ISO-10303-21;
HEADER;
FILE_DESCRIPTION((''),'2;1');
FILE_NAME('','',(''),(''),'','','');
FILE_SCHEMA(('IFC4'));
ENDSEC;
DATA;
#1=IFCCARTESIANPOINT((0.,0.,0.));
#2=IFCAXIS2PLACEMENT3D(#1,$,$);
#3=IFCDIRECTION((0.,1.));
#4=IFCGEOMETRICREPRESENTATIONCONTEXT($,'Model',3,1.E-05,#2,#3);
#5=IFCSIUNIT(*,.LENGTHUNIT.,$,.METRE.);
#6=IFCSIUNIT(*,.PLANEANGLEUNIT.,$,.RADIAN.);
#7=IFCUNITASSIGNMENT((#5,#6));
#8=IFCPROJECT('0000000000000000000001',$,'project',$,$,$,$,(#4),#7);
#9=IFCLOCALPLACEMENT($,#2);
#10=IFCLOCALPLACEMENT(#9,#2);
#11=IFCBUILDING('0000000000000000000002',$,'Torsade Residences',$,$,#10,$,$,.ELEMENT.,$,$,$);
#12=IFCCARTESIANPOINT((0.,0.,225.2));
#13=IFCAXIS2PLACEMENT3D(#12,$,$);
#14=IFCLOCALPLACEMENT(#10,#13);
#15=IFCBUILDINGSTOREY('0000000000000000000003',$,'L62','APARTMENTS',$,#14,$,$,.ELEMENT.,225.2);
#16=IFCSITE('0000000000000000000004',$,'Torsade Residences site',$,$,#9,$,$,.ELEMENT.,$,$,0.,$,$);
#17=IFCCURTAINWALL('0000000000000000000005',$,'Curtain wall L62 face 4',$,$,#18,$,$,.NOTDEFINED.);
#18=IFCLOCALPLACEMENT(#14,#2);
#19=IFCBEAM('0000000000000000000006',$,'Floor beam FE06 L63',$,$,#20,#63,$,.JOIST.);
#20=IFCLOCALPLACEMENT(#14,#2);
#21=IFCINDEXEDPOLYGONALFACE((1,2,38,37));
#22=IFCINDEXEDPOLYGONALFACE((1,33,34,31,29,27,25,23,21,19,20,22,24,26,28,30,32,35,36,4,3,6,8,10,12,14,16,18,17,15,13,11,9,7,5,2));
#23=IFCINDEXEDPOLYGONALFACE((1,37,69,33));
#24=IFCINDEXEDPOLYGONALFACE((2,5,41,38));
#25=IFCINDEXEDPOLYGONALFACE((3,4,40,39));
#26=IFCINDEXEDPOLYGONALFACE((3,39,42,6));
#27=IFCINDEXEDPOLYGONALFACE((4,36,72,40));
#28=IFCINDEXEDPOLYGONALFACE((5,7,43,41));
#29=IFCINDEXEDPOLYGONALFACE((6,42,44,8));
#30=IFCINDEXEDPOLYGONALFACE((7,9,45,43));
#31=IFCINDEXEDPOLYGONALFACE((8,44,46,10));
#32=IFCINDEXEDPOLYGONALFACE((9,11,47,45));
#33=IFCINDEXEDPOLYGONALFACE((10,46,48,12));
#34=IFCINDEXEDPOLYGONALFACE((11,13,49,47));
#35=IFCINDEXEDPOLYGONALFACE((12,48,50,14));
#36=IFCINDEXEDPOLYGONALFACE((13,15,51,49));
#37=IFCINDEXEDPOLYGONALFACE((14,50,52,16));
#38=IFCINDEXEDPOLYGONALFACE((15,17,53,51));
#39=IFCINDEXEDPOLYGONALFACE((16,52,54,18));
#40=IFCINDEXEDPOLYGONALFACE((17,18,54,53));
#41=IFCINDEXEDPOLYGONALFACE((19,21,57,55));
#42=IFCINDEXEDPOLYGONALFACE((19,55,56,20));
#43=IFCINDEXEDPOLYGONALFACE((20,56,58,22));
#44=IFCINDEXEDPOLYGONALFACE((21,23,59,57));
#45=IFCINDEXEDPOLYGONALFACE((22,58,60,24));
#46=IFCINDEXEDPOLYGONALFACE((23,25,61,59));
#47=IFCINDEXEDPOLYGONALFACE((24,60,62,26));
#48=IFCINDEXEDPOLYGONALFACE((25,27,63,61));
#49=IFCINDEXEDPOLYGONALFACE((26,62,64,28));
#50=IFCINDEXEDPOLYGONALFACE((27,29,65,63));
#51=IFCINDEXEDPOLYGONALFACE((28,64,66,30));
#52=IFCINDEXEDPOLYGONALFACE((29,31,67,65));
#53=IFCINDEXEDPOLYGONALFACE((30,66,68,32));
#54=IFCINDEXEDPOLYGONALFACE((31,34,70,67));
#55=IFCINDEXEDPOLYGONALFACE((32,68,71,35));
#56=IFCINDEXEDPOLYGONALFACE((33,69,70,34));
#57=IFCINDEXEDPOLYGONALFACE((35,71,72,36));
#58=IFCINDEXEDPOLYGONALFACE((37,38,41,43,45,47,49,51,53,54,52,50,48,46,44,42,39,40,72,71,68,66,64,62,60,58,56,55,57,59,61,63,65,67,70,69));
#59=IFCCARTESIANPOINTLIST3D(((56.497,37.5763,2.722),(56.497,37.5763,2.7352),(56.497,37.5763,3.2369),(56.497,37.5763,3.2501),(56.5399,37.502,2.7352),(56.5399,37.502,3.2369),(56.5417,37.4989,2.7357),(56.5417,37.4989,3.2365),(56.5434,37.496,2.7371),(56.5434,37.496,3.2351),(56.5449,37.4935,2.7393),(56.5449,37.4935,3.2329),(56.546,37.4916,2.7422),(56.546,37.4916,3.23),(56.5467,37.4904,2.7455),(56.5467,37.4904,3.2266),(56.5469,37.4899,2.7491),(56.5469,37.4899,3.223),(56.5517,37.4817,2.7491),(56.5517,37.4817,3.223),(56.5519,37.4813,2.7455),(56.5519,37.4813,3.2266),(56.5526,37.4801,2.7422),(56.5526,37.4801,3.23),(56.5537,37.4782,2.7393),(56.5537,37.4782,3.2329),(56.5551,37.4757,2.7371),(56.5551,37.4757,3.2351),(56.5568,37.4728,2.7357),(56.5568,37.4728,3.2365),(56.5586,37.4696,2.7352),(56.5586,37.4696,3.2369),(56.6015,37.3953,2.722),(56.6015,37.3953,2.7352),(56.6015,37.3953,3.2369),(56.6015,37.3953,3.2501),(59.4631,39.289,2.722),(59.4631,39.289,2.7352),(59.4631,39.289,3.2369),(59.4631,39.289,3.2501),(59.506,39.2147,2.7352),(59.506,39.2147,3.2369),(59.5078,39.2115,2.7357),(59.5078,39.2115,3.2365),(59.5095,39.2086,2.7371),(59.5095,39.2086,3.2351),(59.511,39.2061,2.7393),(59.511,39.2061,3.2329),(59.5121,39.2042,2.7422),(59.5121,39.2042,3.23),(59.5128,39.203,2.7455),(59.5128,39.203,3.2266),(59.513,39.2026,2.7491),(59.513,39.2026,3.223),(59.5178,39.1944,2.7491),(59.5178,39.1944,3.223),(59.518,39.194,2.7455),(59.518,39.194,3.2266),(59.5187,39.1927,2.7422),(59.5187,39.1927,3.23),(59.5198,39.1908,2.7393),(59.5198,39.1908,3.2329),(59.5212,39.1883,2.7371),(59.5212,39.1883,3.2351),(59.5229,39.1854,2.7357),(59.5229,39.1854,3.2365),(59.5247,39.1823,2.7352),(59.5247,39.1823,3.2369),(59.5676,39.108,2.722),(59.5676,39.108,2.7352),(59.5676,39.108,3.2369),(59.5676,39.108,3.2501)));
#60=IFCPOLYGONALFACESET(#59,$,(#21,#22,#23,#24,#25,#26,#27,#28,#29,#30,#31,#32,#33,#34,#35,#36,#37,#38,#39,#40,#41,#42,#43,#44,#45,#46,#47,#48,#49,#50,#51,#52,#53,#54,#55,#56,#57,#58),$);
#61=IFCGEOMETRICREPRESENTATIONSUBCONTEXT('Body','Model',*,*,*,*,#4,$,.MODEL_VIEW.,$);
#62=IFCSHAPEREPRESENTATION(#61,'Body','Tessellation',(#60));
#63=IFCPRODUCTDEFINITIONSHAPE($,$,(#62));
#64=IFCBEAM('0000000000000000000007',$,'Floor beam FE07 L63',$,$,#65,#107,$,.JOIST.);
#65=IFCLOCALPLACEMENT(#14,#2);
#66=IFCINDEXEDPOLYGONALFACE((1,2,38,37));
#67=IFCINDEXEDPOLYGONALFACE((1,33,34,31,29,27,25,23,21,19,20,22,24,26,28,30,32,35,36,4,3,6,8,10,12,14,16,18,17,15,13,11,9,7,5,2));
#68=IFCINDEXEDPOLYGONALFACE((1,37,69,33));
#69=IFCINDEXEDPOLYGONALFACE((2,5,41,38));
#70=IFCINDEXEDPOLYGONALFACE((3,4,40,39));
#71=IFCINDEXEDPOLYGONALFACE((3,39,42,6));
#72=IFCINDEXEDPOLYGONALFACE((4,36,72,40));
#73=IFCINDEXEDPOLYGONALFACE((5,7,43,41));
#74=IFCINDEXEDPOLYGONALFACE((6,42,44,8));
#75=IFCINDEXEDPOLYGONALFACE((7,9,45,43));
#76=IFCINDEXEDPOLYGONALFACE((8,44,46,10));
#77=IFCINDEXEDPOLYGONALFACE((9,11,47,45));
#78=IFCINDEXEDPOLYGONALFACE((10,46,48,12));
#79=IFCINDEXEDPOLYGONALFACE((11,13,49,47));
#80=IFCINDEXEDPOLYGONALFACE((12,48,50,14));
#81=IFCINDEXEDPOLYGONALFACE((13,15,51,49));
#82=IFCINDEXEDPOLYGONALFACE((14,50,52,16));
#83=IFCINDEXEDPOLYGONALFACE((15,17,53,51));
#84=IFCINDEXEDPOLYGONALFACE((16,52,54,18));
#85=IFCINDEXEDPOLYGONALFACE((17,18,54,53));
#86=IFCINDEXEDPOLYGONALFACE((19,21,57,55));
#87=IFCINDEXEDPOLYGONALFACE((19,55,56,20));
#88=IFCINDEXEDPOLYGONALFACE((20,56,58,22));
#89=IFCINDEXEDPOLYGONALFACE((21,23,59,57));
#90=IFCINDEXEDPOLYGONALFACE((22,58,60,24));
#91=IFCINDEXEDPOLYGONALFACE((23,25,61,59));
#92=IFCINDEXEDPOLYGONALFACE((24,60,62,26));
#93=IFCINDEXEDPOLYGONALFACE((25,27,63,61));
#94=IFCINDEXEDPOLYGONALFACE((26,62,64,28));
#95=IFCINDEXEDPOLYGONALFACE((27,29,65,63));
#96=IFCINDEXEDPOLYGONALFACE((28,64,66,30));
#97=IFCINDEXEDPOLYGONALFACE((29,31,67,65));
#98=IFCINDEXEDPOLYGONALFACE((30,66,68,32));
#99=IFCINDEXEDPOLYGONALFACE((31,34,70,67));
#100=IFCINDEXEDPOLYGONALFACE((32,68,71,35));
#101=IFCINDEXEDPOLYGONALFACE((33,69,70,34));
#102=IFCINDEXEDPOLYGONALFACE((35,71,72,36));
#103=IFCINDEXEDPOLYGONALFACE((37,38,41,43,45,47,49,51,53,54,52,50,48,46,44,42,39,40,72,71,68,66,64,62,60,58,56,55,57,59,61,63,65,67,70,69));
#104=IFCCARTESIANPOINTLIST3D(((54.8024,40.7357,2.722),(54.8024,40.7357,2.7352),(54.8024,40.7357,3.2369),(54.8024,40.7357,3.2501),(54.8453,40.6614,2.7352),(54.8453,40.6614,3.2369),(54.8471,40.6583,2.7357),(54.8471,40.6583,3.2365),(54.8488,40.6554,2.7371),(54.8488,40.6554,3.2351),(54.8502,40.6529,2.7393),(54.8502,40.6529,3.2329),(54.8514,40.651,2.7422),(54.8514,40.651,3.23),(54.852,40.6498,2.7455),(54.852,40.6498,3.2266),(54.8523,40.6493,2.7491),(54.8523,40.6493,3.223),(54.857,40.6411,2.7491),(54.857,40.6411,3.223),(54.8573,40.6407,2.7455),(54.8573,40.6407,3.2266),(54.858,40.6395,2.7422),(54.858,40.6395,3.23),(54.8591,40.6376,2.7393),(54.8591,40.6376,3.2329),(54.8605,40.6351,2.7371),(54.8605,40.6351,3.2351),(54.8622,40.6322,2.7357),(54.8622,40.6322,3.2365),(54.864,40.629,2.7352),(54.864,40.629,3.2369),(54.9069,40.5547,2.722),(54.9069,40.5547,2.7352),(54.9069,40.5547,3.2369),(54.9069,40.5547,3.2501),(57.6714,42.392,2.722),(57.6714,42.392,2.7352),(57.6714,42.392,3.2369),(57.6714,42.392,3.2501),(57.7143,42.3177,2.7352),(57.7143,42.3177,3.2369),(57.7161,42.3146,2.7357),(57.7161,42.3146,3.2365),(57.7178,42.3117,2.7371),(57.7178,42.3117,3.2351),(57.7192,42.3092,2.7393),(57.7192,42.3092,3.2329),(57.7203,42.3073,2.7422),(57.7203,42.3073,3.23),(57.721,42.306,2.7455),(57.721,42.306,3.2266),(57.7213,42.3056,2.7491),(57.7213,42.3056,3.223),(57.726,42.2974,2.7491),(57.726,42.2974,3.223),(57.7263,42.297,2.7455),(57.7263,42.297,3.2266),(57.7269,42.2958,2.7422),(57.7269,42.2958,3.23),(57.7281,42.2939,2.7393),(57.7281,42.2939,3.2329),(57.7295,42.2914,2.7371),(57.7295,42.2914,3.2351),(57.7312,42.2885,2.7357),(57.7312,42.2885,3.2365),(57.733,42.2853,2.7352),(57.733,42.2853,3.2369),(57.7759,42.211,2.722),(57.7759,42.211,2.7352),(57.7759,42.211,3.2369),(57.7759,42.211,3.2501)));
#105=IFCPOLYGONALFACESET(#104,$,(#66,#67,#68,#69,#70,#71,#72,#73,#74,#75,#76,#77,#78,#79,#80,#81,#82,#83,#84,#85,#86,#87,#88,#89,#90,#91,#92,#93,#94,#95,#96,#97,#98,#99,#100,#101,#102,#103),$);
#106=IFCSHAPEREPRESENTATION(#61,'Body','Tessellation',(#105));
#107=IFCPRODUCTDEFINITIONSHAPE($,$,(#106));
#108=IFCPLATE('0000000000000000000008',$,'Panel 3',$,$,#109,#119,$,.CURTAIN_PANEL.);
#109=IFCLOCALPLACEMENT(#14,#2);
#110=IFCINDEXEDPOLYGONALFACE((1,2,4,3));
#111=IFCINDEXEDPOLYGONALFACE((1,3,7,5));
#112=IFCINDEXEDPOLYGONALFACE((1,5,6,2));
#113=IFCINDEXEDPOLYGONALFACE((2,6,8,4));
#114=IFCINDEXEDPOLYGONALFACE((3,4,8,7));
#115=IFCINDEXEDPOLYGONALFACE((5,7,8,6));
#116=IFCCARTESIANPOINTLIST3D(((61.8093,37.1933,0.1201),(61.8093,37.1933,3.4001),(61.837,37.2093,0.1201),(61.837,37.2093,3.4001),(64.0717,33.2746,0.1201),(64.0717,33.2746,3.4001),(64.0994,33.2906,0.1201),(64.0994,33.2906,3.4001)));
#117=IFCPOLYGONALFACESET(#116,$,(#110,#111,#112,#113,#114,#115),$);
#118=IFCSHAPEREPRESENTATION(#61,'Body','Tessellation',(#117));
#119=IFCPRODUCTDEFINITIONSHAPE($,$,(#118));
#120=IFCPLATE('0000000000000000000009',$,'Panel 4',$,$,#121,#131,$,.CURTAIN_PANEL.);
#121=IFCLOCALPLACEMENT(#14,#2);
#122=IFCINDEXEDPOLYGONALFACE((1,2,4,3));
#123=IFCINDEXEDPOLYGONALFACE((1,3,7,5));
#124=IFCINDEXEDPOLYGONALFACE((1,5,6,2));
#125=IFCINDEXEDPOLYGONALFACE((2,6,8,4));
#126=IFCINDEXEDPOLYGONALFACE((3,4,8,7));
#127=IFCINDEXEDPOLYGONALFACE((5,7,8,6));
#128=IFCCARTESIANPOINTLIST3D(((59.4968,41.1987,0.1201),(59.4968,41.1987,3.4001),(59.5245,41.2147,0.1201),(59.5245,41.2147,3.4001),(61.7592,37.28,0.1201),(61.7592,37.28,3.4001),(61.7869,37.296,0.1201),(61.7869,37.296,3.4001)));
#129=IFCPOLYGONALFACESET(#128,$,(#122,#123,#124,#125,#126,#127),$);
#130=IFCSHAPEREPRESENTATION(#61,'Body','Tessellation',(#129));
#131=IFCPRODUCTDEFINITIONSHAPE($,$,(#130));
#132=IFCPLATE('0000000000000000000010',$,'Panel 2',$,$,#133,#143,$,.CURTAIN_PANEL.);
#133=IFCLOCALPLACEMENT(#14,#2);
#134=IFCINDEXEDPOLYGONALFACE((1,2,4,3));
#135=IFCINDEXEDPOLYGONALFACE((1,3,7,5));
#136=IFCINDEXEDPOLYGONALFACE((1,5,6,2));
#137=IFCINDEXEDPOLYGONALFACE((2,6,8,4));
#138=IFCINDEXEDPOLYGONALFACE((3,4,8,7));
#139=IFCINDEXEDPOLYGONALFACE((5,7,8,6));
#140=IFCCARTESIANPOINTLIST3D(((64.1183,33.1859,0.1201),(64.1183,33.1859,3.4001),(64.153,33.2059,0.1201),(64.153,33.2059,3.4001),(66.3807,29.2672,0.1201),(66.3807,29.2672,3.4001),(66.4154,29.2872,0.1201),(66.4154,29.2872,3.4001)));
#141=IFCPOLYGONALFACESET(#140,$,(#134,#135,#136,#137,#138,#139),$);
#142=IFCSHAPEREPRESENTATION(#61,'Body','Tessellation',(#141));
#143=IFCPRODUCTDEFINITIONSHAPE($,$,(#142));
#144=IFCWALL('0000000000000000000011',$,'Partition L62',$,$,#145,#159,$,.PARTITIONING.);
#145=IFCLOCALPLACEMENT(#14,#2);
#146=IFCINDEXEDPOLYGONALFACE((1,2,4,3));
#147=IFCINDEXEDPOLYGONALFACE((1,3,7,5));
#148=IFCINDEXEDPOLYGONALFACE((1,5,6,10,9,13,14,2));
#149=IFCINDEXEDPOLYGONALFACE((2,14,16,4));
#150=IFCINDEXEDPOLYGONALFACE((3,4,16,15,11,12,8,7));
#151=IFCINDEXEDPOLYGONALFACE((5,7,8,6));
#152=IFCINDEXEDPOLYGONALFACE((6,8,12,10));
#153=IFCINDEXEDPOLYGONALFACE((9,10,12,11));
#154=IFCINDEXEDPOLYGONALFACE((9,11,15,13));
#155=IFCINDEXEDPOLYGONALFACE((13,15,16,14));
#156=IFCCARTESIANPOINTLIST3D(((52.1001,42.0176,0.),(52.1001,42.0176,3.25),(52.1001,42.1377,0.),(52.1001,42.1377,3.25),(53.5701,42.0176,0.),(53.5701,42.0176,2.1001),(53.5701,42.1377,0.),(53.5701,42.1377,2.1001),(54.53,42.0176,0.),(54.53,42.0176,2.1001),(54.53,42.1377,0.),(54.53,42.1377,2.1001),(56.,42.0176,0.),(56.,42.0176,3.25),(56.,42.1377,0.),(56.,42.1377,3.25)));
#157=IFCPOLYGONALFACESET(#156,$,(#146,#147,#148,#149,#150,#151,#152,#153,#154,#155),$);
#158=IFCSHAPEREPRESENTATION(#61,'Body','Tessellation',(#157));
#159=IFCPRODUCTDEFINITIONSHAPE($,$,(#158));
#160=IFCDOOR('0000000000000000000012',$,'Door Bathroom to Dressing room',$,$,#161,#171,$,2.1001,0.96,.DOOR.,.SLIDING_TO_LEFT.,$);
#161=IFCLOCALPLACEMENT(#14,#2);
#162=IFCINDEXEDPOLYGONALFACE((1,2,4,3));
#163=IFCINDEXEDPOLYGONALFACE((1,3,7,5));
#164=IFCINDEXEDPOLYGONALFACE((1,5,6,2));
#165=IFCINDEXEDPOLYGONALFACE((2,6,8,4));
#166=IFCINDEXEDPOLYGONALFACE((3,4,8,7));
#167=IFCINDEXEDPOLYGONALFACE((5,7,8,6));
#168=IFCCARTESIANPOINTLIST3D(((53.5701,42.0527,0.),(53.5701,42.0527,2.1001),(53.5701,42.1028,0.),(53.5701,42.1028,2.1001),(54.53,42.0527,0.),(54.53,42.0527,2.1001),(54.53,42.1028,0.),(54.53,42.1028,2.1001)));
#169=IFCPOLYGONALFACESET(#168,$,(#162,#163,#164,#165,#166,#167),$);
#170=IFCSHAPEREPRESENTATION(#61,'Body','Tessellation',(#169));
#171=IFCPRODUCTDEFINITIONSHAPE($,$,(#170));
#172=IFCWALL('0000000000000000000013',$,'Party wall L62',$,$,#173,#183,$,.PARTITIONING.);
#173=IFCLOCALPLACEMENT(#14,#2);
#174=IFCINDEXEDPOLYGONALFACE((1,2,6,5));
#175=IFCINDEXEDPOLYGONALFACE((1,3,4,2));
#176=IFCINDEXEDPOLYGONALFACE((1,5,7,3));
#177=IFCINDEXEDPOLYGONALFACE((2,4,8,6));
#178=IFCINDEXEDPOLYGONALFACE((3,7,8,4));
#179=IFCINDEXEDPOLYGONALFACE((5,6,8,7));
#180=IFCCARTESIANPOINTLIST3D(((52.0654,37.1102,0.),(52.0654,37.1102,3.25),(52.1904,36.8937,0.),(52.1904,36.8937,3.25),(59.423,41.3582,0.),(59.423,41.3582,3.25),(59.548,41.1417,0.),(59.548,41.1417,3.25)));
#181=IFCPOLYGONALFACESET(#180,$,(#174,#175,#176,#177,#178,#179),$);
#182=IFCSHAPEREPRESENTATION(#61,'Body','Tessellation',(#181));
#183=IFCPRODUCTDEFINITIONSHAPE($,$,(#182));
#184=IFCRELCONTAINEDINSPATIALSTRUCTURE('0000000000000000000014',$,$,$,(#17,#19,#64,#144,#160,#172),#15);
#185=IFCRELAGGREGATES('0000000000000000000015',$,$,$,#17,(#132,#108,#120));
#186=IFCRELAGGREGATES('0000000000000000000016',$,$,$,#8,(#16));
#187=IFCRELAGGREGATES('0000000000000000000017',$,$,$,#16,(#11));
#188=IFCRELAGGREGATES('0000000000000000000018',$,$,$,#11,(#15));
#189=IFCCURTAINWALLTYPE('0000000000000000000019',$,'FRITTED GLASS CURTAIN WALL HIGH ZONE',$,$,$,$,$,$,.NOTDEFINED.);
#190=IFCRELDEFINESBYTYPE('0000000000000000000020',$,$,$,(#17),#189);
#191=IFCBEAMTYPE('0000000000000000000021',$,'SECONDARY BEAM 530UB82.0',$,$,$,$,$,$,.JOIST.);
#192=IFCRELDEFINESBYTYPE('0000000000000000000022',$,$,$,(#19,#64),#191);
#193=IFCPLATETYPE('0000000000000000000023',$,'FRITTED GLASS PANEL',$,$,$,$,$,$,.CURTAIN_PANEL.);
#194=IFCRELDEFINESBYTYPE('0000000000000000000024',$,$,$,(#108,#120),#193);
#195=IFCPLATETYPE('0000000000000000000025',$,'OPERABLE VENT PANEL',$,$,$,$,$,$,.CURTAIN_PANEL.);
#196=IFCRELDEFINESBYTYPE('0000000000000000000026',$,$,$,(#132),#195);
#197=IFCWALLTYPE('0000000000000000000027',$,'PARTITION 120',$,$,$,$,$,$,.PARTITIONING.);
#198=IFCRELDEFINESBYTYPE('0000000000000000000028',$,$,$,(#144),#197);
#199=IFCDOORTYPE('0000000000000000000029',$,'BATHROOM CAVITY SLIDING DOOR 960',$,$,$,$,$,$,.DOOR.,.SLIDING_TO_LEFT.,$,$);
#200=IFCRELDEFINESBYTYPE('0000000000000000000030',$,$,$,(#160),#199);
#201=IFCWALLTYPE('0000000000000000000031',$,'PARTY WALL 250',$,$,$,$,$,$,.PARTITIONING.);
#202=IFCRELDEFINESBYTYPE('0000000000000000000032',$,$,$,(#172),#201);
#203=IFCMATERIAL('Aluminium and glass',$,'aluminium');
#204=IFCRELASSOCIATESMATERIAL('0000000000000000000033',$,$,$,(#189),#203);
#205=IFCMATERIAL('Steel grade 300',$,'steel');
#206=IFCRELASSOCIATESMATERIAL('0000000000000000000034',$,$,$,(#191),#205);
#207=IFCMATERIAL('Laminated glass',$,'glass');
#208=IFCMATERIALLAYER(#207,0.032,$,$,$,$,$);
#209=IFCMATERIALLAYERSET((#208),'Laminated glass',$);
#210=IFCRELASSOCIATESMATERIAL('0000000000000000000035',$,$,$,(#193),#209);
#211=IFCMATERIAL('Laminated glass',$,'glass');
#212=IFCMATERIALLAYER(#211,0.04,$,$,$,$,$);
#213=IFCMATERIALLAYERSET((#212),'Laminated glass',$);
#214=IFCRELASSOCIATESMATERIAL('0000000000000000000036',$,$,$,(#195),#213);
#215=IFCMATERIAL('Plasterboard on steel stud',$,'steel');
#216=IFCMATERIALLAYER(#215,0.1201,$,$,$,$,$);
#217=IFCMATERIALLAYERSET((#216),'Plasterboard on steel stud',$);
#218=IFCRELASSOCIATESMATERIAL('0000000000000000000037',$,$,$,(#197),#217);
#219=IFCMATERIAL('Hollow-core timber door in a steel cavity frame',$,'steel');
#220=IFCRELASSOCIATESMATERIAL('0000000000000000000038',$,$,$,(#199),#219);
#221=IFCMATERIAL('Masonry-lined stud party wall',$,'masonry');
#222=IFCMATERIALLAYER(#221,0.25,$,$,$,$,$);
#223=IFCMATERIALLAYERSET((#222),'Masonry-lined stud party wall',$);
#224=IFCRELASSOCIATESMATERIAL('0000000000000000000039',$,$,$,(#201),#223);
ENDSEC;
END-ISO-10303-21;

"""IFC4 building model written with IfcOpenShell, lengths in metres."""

from ifc_helpers import new_model, si_unit, direction, frame, frame_2d, origin, origin_2d, place, context, subcontext, project, spatial, rectangle, i_section, extrude, material, layer, layer_set, material_profile, profile_set, type_object, element, fill, aggregate, save


model = new_model("IFC4")

# Units and contexts
model_context = context("Model", 3, precision=1e-05, world=origin(), true_north=direction((0.0, 1.0)))
body_context = subcontext(model_context, "Body", "Model", "MODEL_VIEW")
ifc_project = project(units=[si_unit("LENGTHUNIT", "METRE"), si_unit("PLANEANGLEUNIT", "RADIAN")], contexts=[model_context])

# Site, building, storey
site_placement = place(None, origin())
site = spatial("IfcSite", under=ifc_project, at=site_placement, Name="Torsade Residences site", CompositionType="ELEMENT", RefElevation=0.0)
building_placement = place(site_placement, origin())
building = spatial("IfcBuilding", under=site, at=building_placement, Name="Torsade Residences", CompositionType="ELEMENT")
storey_placement = place(building_placement, frame((0.0, 0.0, 225.2)))
storey = spatial("IfcBuildingStorey", under=building, at=storey_placement, Name="L62", Description="APARTMENTS", CompositionType="ELEMENT", Elevation=225.2)

# Curtain wall
ifc_material_1 = material(Name="Aluminium and glass", Category="aluminium")
curtain_wall_type = type_object("IfcCurtainWallType", Name="FRITTED GLASS CURTAIN WALL HIGH ZONE", PredefinedType="NOTDEFINED", material=ifc_material_1)
curtain_wall_placement = place(storey_placement, origin())
curtain_wall = element("IfcCurtainWall", 1, at=curtain_wall_placement, inside=storey, type_object=curtain_wall_type, Name="Curtain wall L62 face 4", PredefinedType="NOTDEFINED")

# Beams
ifc_material_2 = material(Name="Steel grade 300", Category="steel")
ifc_material_profile_1 = material_profile(ifc_material_2, i_section(OverallWidth=0.209, OverallDepth=0.5281, WebThickness=0.0095, FlangeThickness=0.0132, FilletRadius=0.0139, at=origin_2d()), Name="530UB82.0")
ifc_profile_set_1 = profile_set([ifc_material_profile_1], Name="Steel grade 300")
beam_type_1 = type_object("IfcBeamType", Name="SECONDARY BEAM 530UB82.0", PredefinedType="JOIST", material=ifc_profile_set_1)
beam_1_placement = place(storey_placement, frame((59.5154, 39.1985, 2.9861), z_axis=(-0.866002, -0.500041, 0.0), x_axis=(0.500041, -0.866002, 0.0)))
element("IfcBeam", 2, at=beam_1_placement, inside=storey, type_object=beam_type_1, Name="Floor beam FE06 L63", PredefinedType="JOIST", context=body_context, shape_type="SweptSolid", body=[
    extrude(i_section(OverallWidth=0.209, OverallDepth=0.5281, WebThickness=0.0095, FlangeThickness=0.0132, FilletRadius=0.0139, at=origin_2d()), origin(), (0.0, 0.0, 1.0), 3.425),
])
beam_2_placement = place(storey_placement, frame((57.7236, 42.3015, 2.9861), z_axis=(-0.86604, -0.499976, 0.0), x_axis=(0.499976, -0.86604, 0.0)))
element("IfcBeam", 3, at=beam_2_placement, inside=storey, type_object=beam_type_1, Name="Floor beam FE07 L63", PredefinedType="JOIST", context=body_context, shape_type="SweptSolid", body=[
    extrude(i_section(OverallWidth=0.209, OverallDepth=0.5281, WebThickness=0.0095, FlangeThickness=0.0132, FilletRadius=0.0139, at=origin_2d()), origin(), (0.0, 0.0, 1.0), 3.3127),
])

# Plates
ifc_material_3 = material(Name="Laminated glass", Category="glass")
ifc_layer_1 = layer(ifc_material_3, 0.032)
ifc_layer_set_1 = layer_set([ifc_layer_1], Name="Laminated glass")
plate_type_1 = type_object("IfcPlateType", Name="FRITTED GLASS PANEL", PredefinedType="CURTAIN_PANEL", material=ifc_layer_set_1)
plate_1_placement = place(storey_placement, frame((62.9543, 35.2419, 0.1201), z_axis=(0.0, 0.0, 1.0), x_axis=(-0.5, 0.866025, 0.0)))
plate_1 = element("IfcPlate", 4, at=plate_1_placement, type_object=plate_type_1, Name="Panel 3", PredefinedType="CURTAIN_PANEL", context=body_context, shape_type="SweptSolid", body=[
    extrude(rectangle(XDim=4.5249, YDim=0.032, at=origin_2d()), origin(), (0.0, 0.0, 1.0), 3.28),
])
plate_2_placement = place(storey_placement, frame((60.6418, 39.2473, 0.1201), z_axis=(0.0, 0.0, 1.0), x_axis=(-0.5, 0.866025, 0.0)))
plate_2 = element("IfcPlate", 5, at=plate_2_placement, type_object=plate_type_1, Name="Panel 4", PredefinedType="CURTAIN_PANEL", context=body_context, shape_type="SweptSolid", body=[
    extrude(rectangle(XDim=4.5249, YDim=0.032, at=origin_2d()), origin(), (0.0, 0.0, 1.0), 3.28),
])
ifc_material_4 = material(Name="Laminated glass", Category="glass")
ifc_layer_2 = layer(ifc_material_4, 0.04)
ifc_layer_set_2 = layer_set([ifc_layer_2], Name="Laminated glass")
plate_type_2 = type_object("IfcPlateType", Name="OPERABLE VENT PANEL", PredefinedType="CURTAIN_PANEL", material=ifc_layer_set_2)
plate_3_placement = place(storey_placement, frame((65.2668, 31.2366, 0.1201), z_axis=(0.0, 0.0, 1.0), x_axis=(-0.5, 0.866025, 0.0)))
plate_3 = element("IfcPlate", 6, at=plate_3_placement, type_object=plate_type_2, Name="Panel 2", PredefinedType="CURTAIN_PANEL", context=body_context, shape_type="SweptSolid", body=[
    extrude(rectangle(XDim=4.5249, YDim=0.04, at=origin_2d()), origin(), (0.0, 0.0, 1.0), 3.28),
])
aggregate(curtain_wall, [plate_3, plate_1, plate_2])

# Wall, opening, door
ifc_material_5 = material(Name="Plasterboard on steel stud", Category="steel")
ifc_layer_3 = layer(ifc_material_5, 0.1201)
ifc_layer_set_3 = layer_set([ifc_layer_3], Name="Plasterboard on steel stud")
wall_type_1 = type_object("IfcWallType", Name="PARTITION 120", PredefinedType="PARTITIONING", material=ifc_layer_set_3)
wall_1_placement = place(storey_placement, frame((56.0, 42.0776, 0.0), z_axis=(0.0, 0.0, 1.0), x_axis=(-1.0, 0.0, 0.0)))
wall_1 = element("IfcWall", 7, at=wall_1_placement, inside=storey, type_object=wall_type_1, Name="Partition L62", PredefinedType="PARTITIONING", context=body_context, shape_type="SweptSolid", body=[
    extrude(rectangle(XDim=3.8999, YDim=0.1201, at=frame_2d((1.95, 0.0))), origin(), (0.0, 0.0, 1.0), 3.25),
])
opening_1_placement = place(wall_1_placement, frame((1.47, 0.0, 0.0)))
opening_1 = element("IfcOpeningElement", 8, at=opening_1_placement, cuts=wall_1, PredefinedType="OPENING", context=body_context, shape_type="SweptSolid", body=[
    extrude(rectangle(XDim=0.96, YDim=2.1001, at=frame_2d((0.48, 1.05))), frame((0.0, 0.0701, 0.0), z_axis=(0.0, -1.0, 0.0), x_axis=(1.0, 0.0, 0.0)), (0.0, 0.0, 1.0), 0.1401),
])
ifc_material_6 = material(Name="Hollow-core timber door in a steel cavity frame", Category="steel")
door_type_1 = type_object("IfcDoorType", Name="BATHROOM CAVITY SLIDING DOOR 960", OperationType="SLIDING_TO_LEFT", PredefinedType="DOOR", material=ifc_material_6)
door_1_placement = place(opening_1_placement, origin())
door_1 = element("IfcDoor", 9, at=door_1_placement, inside=storey, type_object=door_type_1, Name="Door Bathroom to Dressing room", OperationType="SLIDING_TO_LEFT", OverallHeight=2.1001, OverallWidth=0.96, PredefinedType="DOOR", context=body_context, shape_type="SweptSolid", body=[
    extrude(rectangle(XDim=0.96, YDim=2.1001, at=frame_2d((0.48, 1.05))), frame((0.0, 0.0249, 0.0), z_axis=(0.0, -1.0, 0.0), x_axis=(1.0, 0.0, 0.0)), (0.0, 0.0, 1.0), 0.05),
])
fill(opening_1, door_1)

# Wall
ifc_material_7 = material(Name="Masonry-lined stud party wall", Category="masonry")
ifc_layer_4 = layer(ifc_material_7, 0.25)
ifc_layer_set_4 = layer_set([ifc_layer_4], Name="Masonry-lined stud party wall")
wall_type_2 = type_object("IfcWallType", Name="PARTY WALL 250", PredefinedType="PARTITIONING", material=ifc_layer_set_4)
wall_2_placement = place(storey_placement, frame((59.4856, 41.25, 0.0), z_axis=(0.0, 0.0, 1.0), x_axis=(-0.86602, -0.500009, 0.0)))
element("IfcWall", 10, at=wall_2_placement, inside=storey, type_object=wall_type_2, Name="Party wall L62", PredefinedType="PARTITIONING", context=body_context, shape_type="SweptSolid", body=[
    extrude(rectangle(XDim=8.4958, YDim=0.25, at=frame_2d((4.248, 0.0))), origin(), (0.0, 0.0, 1.0), 3.25),
])

save(model, "model.ifc")
